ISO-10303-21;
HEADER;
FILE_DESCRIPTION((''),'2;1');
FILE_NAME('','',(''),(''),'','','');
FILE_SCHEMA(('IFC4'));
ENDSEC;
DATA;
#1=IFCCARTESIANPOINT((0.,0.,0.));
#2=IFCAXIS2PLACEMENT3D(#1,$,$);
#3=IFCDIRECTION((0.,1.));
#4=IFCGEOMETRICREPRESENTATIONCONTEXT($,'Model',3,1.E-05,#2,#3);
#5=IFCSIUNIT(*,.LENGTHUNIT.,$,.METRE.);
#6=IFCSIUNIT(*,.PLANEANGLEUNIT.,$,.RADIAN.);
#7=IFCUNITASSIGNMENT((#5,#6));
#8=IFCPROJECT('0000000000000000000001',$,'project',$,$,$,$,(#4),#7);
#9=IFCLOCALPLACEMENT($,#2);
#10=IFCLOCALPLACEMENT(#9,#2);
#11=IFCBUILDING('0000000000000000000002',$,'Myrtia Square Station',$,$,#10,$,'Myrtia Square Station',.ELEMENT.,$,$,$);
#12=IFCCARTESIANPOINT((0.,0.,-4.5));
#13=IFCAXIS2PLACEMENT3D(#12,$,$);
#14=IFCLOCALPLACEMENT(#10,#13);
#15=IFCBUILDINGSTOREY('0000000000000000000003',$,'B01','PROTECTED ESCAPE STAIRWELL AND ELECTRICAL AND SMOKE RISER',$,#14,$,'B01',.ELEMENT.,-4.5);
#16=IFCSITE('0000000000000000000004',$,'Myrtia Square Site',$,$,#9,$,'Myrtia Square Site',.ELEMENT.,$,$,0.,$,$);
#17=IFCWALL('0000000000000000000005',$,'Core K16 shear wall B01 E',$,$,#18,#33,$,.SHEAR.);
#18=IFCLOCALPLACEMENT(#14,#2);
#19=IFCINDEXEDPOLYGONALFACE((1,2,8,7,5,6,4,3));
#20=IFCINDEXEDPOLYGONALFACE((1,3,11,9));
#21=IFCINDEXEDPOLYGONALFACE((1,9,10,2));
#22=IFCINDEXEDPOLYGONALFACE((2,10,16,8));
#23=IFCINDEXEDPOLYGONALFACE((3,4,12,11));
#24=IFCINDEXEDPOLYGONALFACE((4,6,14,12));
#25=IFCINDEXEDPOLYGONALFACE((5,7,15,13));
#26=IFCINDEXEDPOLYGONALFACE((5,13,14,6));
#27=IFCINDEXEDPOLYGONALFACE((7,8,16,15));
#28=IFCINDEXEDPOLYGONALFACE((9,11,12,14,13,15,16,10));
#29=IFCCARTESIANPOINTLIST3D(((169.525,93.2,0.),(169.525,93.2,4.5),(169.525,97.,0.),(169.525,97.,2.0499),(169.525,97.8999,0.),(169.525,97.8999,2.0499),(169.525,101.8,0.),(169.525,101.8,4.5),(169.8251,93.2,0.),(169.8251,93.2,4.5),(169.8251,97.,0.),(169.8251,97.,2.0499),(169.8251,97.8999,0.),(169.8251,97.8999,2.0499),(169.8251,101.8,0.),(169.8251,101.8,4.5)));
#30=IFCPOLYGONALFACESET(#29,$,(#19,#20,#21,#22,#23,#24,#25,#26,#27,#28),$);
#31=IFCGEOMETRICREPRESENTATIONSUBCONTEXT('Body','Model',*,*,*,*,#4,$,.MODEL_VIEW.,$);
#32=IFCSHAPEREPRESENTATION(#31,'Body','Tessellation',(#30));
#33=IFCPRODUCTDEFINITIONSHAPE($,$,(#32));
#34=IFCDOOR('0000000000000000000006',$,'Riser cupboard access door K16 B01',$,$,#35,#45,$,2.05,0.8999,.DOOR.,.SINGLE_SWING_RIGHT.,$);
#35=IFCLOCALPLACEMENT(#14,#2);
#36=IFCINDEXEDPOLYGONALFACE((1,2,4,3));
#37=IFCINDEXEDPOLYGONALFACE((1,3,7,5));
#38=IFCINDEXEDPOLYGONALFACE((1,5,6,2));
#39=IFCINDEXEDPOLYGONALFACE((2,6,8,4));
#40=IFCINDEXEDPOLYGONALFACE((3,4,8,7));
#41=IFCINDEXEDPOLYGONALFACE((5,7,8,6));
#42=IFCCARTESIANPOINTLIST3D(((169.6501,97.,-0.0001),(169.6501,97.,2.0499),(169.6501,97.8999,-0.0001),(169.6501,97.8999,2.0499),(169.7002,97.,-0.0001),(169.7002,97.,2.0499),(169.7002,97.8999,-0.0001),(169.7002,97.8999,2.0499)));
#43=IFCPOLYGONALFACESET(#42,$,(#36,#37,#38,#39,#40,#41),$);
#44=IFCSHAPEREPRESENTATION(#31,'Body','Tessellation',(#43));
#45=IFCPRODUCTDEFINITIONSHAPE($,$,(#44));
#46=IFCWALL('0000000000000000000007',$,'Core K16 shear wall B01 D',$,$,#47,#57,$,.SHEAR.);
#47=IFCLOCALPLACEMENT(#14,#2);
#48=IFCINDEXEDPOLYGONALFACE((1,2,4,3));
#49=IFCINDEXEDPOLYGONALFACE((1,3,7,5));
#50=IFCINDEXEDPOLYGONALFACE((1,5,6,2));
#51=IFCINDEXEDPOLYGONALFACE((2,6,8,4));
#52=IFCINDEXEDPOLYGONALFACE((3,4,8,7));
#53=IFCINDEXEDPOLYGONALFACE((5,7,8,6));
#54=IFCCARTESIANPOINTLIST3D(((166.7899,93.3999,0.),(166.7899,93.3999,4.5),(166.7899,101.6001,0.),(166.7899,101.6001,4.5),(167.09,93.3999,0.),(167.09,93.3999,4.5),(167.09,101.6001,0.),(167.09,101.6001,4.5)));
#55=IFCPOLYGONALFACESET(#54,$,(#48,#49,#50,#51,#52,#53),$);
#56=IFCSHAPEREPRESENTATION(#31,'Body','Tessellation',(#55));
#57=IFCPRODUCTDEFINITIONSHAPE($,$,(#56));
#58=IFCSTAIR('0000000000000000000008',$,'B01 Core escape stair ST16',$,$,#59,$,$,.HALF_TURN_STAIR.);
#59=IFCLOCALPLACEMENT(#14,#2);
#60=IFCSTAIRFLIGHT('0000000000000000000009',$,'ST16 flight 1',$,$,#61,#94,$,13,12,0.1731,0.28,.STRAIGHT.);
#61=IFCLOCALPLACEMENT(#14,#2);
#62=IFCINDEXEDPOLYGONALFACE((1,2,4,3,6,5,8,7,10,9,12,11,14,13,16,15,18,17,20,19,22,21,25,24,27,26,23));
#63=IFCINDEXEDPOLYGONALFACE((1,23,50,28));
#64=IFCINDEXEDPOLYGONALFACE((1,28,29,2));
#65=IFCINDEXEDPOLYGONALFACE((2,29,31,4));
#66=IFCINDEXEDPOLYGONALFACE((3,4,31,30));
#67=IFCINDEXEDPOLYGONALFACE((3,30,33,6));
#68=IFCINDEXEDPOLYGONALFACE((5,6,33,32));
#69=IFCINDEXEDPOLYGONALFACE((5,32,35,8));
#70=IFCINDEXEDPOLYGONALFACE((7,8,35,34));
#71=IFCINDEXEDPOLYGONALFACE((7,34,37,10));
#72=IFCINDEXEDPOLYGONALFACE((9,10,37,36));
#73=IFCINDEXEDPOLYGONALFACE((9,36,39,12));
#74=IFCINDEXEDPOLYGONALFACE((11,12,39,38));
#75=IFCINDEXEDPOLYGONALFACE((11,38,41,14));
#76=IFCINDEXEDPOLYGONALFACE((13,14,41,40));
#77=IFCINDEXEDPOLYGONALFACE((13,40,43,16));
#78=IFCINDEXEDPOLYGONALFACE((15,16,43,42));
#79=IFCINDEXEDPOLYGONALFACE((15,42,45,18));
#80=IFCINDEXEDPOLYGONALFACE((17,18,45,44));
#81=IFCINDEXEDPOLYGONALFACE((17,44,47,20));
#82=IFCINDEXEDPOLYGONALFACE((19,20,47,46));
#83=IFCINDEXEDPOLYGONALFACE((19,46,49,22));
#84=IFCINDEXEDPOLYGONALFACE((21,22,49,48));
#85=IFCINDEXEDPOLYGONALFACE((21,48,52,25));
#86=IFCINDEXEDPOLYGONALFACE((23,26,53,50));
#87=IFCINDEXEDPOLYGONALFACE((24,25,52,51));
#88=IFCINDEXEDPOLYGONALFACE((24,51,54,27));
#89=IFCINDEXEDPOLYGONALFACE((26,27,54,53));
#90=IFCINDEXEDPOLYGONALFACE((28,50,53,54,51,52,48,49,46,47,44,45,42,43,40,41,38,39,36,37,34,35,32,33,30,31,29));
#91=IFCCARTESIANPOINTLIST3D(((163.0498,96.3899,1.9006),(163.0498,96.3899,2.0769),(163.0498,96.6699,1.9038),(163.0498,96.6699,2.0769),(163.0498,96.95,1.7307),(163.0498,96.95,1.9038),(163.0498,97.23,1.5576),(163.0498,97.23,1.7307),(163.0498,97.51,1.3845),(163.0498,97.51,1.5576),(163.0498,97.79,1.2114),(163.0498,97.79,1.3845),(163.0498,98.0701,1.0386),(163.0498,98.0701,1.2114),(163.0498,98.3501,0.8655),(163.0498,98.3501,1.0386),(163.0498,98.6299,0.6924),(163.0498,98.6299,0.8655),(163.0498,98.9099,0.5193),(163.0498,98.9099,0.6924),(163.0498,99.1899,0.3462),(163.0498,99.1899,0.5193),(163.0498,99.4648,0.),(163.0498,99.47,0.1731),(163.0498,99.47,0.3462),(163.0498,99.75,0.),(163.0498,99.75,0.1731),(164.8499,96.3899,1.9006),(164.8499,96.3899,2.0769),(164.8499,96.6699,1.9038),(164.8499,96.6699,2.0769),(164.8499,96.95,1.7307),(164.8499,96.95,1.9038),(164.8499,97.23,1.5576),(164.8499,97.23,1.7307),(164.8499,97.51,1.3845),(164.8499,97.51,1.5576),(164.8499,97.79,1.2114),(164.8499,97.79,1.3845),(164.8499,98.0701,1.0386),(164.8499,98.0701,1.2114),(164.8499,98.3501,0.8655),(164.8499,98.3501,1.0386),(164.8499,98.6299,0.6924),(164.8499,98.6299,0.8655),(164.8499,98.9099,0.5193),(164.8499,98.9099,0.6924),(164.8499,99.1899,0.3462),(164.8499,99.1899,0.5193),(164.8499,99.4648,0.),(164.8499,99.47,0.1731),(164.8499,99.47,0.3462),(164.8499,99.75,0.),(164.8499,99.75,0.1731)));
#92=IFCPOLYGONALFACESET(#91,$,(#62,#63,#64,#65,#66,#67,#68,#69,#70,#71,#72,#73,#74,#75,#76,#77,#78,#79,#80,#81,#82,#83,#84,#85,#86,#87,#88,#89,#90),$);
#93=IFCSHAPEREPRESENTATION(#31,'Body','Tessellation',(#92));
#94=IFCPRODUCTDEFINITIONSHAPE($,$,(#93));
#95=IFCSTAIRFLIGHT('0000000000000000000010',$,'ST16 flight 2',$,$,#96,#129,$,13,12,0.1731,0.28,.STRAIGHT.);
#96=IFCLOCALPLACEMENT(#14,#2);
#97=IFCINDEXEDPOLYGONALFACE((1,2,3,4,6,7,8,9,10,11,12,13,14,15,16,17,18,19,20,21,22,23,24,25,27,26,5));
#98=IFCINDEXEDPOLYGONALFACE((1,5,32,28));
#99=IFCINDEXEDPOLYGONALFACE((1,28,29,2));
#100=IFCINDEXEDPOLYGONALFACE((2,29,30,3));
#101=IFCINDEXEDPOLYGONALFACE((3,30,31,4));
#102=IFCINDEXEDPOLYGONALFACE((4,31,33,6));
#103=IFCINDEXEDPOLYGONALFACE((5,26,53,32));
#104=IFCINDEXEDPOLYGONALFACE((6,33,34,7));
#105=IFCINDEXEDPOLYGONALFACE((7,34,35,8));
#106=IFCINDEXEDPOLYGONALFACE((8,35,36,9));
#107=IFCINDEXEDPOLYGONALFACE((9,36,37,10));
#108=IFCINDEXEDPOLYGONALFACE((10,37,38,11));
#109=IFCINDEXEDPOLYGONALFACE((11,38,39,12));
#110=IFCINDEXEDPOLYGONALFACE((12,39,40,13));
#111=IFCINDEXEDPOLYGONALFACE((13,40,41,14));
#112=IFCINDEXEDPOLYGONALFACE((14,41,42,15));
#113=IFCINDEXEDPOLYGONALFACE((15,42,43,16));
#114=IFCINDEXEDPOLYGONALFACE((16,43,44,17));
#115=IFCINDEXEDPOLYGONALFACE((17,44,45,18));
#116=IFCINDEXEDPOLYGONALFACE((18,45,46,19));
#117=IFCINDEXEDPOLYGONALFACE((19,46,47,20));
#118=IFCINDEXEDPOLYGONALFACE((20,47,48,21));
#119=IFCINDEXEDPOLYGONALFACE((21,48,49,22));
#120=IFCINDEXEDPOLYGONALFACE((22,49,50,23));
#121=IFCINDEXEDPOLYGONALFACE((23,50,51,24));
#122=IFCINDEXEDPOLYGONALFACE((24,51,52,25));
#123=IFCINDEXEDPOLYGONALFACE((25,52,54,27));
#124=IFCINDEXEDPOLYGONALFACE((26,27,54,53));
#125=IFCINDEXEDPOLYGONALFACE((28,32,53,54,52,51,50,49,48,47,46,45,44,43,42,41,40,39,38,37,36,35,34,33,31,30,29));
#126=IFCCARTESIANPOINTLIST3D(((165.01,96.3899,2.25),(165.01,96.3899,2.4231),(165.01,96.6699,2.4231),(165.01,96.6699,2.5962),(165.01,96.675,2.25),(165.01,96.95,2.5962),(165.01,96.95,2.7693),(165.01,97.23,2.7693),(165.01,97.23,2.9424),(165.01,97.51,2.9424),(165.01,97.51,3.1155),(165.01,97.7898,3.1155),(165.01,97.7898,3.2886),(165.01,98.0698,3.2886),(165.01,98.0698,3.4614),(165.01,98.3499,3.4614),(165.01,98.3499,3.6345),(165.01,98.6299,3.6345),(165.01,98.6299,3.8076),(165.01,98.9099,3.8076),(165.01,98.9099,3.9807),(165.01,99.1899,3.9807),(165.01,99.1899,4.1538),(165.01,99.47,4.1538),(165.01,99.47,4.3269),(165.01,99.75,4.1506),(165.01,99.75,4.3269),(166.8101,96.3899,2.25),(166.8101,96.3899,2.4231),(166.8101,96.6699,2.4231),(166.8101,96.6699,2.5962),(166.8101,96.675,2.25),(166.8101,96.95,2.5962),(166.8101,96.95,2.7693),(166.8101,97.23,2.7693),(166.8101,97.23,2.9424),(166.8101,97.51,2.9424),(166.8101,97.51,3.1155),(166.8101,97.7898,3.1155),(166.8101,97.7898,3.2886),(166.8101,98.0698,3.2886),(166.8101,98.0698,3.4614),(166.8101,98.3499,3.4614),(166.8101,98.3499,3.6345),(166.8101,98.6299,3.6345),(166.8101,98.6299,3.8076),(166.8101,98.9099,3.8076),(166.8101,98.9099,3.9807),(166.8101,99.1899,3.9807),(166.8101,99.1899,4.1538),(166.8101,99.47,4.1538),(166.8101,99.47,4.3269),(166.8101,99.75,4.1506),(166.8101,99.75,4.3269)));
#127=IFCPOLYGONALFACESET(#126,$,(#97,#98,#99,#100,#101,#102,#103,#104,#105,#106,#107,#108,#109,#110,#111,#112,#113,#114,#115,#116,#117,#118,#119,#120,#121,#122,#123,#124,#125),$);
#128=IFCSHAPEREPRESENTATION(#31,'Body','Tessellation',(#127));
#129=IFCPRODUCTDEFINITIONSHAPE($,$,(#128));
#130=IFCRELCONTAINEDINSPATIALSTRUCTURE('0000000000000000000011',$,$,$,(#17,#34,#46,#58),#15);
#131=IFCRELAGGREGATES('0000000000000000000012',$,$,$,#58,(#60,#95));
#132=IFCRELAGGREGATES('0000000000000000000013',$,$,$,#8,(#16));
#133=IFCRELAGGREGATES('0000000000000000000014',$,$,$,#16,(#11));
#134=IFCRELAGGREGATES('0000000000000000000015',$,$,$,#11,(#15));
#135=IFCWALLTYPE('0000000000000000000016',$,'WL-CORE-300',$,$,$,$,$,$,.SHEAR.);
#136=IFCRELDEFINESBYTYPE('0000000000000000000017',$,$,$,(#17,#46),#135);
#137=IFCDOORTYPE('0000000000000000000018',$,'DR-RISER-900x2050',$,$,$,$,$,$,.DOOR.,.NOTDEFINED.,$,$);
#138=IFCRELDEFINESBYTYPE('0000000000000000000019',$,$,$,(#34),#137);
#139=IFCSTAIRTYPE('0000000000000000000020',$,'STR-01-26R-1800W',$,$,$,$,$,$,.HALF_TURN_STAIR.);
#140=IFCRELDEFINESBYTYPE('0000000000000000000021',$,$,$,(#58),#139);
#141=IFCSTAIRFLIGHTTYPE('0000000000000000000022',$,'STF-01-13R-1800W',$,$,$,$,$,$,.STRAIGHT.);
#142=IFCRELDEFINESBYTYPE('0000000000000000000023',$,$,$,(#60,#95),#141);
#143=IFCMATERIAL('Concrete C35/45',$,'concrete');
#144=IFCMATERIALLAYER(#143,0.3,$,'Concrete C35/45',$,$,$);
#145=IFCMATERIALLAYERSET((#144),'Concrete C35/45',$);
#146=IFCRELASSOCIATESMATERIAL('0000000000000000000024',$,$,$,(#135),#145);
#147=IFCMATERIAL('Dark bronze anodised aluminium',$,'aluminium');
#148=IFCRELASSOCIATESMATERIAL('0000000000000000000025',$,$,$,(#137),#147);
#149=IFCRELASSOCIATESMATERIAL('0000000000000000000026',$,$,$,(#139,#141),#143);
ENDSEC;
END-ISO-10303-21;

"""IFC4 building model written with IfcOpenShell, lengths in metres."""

from ifc_helpers import new_model, si_unit, direction, frame, frame_2d, origin, place, context, subcontext, project, spatial, polyline, rectangle, outline, extrude, material, layer, layer_set, type_object, element, fill, aggregate, save


model = new_model("IFC4")

# Units and contexts
model_context = context("Model", 3, precision=1e-05, world=origin(), true_north=direction((0.0, 1.0)))
body_context = subcontext(model_context, "Body", "Model", "MODEL_VIEW")
ifc_project = project(units=[si_unit("LENGTHUNIT", "METRE"), si_unit("PLANEANGLEUNIT", "RADIAN")], contexts=[model_context])

# Site, building, storey
site_placement = place(None, origin())
site = spatial("IfcSite", under=ifc_project, at=site_placement, Name="Myrtia Square Site", LongName="Myrtia Square Site", CompositionType="ELEMENT", RefElevation=0.0)
building_placement = place(site_placement, origin())
building = spatial("IfcBuilding", under=site, at=building_placement, Name="Myrtia Square Station", LongName="Myrtia Square Station", CompositionType="ELEMENT")
storey_placement = place(building_placement, frame((0.0, 0.0, -4.5)))
storey = spatial("IfcBuildingStorey", under=building, at=storey_placement, Name="B01", Description="PROTECTED ESCAPE STAIRWELL AND ELECTRICAL AND SMOKE RISER", LongName="B01", CompositionType="ELEMENT", Elevation=-4.5)

# Shared definitions
ifc_material_1 = material(Name="Concrete C35/45", Category="concrete")

# Shared definitions
ifc_layer = layer(ifc_material_1, 0.3, Name="Concrete C35/45")
ifc_layer_set = layer_set([ifc_layer], Name="Concrete C35/45")
wall_type = type_object("IfcWallType", Name="WL-CORE-300", PredefinedType="SHEAR", material=ifc_layer_set)

# Shared definitions
ifc_material_2 = material(Name="Dark bronze anodised aluminium", Category="aluminium")

# Wall, opening, door
wall_1_placement = place(storey_placement, frame((169.675, 93.2, 0.0), z_axis=(0.0, 0.0, 1.0), x_axis=(0.0, 1.0, 0.0)))
wall_1 = element("IfcWall", 1, at=wall_1_placement, inside=storey, type_object=wall_type, Name="Core K16 shear wall B01 E", PredefinedType="SHEAR", context=body_context, shape_type="SweptSolid", body=[
    extrude(rectangle(XDim=8.6001, YDim=0.3, at=frame_2d((4.3, 0.0))), origin(), (0.0, 0.0, 1.0), 4.5),
])
opening_1_placement = place(wall_1_placement, frame((3.8, 0.0, 0.0)))
opening_1 = element("IfcOpeningElement", 2, at=opening_1_placement, cuts=wall_1, PredefinedType="OPENING", context=body_context, shape_type="SweptSolid", body=[
    extrude(rectangle(XDim=0.8999, YDim=2.05, at=frame_2d((0.45, 1.0249))), frame((0.0, 0.165, 0.0), z_axis=(0.0, -1.0, 0.0), x_axis=(1.0, 0.0, 0.0)), (0.0, 0.0, 1.0), 0.3301),
])
door_type_1 = type_object("IfcDoorType", Name="DR-RISER-900x2050", OperationType="NOTDEFINED", PredefinedType="DOOR", material=ifc_material_2)
door_1_placement = place(opening_1_placement, origin())
door_1 = element("IfcDoor", 3, at=door_1_placement, inside=storey, type_object=door_type_1, Name="Riser cupboard access door K16 B01", OperationType="SINGLE_SWING_RIGHT", OverallHeight=2.05, OverallWidth=0.8999, PredefinedType="DOOR", context=body_context, shape_type="SweptSolid", body=[
    extrude(rectangle(XDim=0.8999, YDim=2.05, at=frame_2d((0.45, 1.0249))), frame((0.0, 0.0249, 0.0), z_axis=(0.0, -1.0, 0.0), x_axis=(1.0, 0.0, 0.0)), (0.0, 0.0, 1.0), 0.05),
])
fill(opening_1, door_1)

# Wall
wall_2_placement = place(storey_placement, frame((166.9399, 93.3999, 0.0), z_axis=(0.0, 0.0, 1.0), x_axis=(0.0, 1.0, 0.0)))
element("IfcWall", 4, at=wall_2_placement, inside=storey, type_object=wall_type, Name="Core K16 shear wall B01 D", PredefinedType="SHEAR", context=body_context, shape_type="SweptSolid", body=[
    extrude(rectangle(XDim=8.2002, YDim=0.3, at=frame_2d((4.1001, 0.0))), origin(), (0.0, 0.0, 1.0), 4.5),
])

# Stair, stair flights
stair_type = type_object("IfcStairType", Name="STR-01-26R-1800W", PredefinedType="HALF_TURN_STAIR", material=ifc_material_1)
stair_placement = place(storey_placement, origin())
stair = element("IfcStair", 5, at=stair_placement, inside=storey, type_object=stair_type, Name="B01 Core escape stair ST16", PredefinedType="HALF_TURN_STAIR")
stair_flight_type = type_object("IfcStairFlightType", Name="STF-01-13R-1800W", PredefinedType="STRAIGHT", material=ifc_material_1)
stair_flight_1_placement = place(storey_placement, frame((163.95, 99.75, 0.0), z_axis=(0.0, 0.0, 1.0), x_axis=(0.0, -1.0, 0.0)))
stair_flight_1 = element("IfcStairFlight", 6, at=stair_flight_1_placement, type_object=stair_flight_type, Name="ST16 flight 1", NumberOfRisers=13, NumberOfTreads=12, PredefinedType="STRAIGHT", RiserHeight=0.1731, TreadLength=0.28, context=body_context, shape_type="SweptSolid", body=[
    extrude(outline(polyline([(0.0, 0.0), (0.0, 0.1731), (0.28, 0.1731), (0.28, 0.3462), (0.5601, 0.3462), (0.5601, 0.5193), (0.8401, 0.5193), (0.8401, 0.6924), (1.1201, 0.6924), (1.1201, 0.8655), (1.3999, 0.8655), (1.3999, 1.0386), (1.6799, 1.0386), (1.6799, 1.2114), (1.96, 1.2114), (1.96, 1.3845), (2.24, 1.3845), (2.24, 1.5576), (2.52, 1.5576), (2.52, 1.7307), (2.8, 1.7307), (2.8, 1.9038), (3.0801, 1.9038), (3.0801, 2.0769), (3.3601, 2.0769), (3.3601, 2.25), (3.3601, 1.9006), (0.2852, 0.0), (0.0, 0.0)])), frame((0.0, 0.8999, 0.0), z_axis=(0.0, -1.0, 0.0), x_axis=(1.0, 0.0, 0.0)), (0.0, 0.0, 1.0), 1.8),
])
stair_flight_2_placement = place(storey_placement, frame((165.9099, 96.3899, 2.25), z_axis=(0.0, 0.0, 1.0), x_axis=(0.0, 1.0, 0.0)))
stair_flight_2 = element("IfcStairFlight", 7, at=stair_flight_2_placement, type_object=stair_flight_type, Name="ST16 flight 2", NumberOfRisers=13, NumberOfTreads=12, PredefinedType="STRAIGHT", RiserHeight=0.1731, TreadLength=0.28, context=body_context, shape_type="SweptSolid", body=[
    extrude(outline(polyline([(0.0, 0.0), (0.0, 0.1731), (0.28, 0.1731), (0.28, 0.3462), (0.5601, 0.3462), (0.5601, 0.5193), (0.8401, 0.5193), (0.8401, 0.6924), (1.1201, 0.6924), (1.1201, 0.8655), (1.3999, 0.8655), (1.3999, 1.0386), (1.6799, 1.0386), (1.6799, 1.2114), (1.96, 1.2114), (1.96, 1.3845), (2.24, 1.3845), (2.24, 1.5576), (2.52, 1.5576), (2.52, 1.7307), (2.8, 1.7307), (2.8, 1.9038), (3.0801, 1.9038), (3.0801, 2.0769), (3.3601, 2.0769), (3.3601, 2.25), (3.3601, 1.9006), (0.2852, 0.0), (0.0, 0.0)])), frame((0.0, 0.8999, 0.0), z_axis=(0.0, -1.0, 0.0), x_axis=(1.0, 0.0, 0.0)), (0.0, 0.0, 1.0), 1.8),
])
aggregate(stair, [stair_flight_1, stair_flight_2])

save(model, "model.ifc")
